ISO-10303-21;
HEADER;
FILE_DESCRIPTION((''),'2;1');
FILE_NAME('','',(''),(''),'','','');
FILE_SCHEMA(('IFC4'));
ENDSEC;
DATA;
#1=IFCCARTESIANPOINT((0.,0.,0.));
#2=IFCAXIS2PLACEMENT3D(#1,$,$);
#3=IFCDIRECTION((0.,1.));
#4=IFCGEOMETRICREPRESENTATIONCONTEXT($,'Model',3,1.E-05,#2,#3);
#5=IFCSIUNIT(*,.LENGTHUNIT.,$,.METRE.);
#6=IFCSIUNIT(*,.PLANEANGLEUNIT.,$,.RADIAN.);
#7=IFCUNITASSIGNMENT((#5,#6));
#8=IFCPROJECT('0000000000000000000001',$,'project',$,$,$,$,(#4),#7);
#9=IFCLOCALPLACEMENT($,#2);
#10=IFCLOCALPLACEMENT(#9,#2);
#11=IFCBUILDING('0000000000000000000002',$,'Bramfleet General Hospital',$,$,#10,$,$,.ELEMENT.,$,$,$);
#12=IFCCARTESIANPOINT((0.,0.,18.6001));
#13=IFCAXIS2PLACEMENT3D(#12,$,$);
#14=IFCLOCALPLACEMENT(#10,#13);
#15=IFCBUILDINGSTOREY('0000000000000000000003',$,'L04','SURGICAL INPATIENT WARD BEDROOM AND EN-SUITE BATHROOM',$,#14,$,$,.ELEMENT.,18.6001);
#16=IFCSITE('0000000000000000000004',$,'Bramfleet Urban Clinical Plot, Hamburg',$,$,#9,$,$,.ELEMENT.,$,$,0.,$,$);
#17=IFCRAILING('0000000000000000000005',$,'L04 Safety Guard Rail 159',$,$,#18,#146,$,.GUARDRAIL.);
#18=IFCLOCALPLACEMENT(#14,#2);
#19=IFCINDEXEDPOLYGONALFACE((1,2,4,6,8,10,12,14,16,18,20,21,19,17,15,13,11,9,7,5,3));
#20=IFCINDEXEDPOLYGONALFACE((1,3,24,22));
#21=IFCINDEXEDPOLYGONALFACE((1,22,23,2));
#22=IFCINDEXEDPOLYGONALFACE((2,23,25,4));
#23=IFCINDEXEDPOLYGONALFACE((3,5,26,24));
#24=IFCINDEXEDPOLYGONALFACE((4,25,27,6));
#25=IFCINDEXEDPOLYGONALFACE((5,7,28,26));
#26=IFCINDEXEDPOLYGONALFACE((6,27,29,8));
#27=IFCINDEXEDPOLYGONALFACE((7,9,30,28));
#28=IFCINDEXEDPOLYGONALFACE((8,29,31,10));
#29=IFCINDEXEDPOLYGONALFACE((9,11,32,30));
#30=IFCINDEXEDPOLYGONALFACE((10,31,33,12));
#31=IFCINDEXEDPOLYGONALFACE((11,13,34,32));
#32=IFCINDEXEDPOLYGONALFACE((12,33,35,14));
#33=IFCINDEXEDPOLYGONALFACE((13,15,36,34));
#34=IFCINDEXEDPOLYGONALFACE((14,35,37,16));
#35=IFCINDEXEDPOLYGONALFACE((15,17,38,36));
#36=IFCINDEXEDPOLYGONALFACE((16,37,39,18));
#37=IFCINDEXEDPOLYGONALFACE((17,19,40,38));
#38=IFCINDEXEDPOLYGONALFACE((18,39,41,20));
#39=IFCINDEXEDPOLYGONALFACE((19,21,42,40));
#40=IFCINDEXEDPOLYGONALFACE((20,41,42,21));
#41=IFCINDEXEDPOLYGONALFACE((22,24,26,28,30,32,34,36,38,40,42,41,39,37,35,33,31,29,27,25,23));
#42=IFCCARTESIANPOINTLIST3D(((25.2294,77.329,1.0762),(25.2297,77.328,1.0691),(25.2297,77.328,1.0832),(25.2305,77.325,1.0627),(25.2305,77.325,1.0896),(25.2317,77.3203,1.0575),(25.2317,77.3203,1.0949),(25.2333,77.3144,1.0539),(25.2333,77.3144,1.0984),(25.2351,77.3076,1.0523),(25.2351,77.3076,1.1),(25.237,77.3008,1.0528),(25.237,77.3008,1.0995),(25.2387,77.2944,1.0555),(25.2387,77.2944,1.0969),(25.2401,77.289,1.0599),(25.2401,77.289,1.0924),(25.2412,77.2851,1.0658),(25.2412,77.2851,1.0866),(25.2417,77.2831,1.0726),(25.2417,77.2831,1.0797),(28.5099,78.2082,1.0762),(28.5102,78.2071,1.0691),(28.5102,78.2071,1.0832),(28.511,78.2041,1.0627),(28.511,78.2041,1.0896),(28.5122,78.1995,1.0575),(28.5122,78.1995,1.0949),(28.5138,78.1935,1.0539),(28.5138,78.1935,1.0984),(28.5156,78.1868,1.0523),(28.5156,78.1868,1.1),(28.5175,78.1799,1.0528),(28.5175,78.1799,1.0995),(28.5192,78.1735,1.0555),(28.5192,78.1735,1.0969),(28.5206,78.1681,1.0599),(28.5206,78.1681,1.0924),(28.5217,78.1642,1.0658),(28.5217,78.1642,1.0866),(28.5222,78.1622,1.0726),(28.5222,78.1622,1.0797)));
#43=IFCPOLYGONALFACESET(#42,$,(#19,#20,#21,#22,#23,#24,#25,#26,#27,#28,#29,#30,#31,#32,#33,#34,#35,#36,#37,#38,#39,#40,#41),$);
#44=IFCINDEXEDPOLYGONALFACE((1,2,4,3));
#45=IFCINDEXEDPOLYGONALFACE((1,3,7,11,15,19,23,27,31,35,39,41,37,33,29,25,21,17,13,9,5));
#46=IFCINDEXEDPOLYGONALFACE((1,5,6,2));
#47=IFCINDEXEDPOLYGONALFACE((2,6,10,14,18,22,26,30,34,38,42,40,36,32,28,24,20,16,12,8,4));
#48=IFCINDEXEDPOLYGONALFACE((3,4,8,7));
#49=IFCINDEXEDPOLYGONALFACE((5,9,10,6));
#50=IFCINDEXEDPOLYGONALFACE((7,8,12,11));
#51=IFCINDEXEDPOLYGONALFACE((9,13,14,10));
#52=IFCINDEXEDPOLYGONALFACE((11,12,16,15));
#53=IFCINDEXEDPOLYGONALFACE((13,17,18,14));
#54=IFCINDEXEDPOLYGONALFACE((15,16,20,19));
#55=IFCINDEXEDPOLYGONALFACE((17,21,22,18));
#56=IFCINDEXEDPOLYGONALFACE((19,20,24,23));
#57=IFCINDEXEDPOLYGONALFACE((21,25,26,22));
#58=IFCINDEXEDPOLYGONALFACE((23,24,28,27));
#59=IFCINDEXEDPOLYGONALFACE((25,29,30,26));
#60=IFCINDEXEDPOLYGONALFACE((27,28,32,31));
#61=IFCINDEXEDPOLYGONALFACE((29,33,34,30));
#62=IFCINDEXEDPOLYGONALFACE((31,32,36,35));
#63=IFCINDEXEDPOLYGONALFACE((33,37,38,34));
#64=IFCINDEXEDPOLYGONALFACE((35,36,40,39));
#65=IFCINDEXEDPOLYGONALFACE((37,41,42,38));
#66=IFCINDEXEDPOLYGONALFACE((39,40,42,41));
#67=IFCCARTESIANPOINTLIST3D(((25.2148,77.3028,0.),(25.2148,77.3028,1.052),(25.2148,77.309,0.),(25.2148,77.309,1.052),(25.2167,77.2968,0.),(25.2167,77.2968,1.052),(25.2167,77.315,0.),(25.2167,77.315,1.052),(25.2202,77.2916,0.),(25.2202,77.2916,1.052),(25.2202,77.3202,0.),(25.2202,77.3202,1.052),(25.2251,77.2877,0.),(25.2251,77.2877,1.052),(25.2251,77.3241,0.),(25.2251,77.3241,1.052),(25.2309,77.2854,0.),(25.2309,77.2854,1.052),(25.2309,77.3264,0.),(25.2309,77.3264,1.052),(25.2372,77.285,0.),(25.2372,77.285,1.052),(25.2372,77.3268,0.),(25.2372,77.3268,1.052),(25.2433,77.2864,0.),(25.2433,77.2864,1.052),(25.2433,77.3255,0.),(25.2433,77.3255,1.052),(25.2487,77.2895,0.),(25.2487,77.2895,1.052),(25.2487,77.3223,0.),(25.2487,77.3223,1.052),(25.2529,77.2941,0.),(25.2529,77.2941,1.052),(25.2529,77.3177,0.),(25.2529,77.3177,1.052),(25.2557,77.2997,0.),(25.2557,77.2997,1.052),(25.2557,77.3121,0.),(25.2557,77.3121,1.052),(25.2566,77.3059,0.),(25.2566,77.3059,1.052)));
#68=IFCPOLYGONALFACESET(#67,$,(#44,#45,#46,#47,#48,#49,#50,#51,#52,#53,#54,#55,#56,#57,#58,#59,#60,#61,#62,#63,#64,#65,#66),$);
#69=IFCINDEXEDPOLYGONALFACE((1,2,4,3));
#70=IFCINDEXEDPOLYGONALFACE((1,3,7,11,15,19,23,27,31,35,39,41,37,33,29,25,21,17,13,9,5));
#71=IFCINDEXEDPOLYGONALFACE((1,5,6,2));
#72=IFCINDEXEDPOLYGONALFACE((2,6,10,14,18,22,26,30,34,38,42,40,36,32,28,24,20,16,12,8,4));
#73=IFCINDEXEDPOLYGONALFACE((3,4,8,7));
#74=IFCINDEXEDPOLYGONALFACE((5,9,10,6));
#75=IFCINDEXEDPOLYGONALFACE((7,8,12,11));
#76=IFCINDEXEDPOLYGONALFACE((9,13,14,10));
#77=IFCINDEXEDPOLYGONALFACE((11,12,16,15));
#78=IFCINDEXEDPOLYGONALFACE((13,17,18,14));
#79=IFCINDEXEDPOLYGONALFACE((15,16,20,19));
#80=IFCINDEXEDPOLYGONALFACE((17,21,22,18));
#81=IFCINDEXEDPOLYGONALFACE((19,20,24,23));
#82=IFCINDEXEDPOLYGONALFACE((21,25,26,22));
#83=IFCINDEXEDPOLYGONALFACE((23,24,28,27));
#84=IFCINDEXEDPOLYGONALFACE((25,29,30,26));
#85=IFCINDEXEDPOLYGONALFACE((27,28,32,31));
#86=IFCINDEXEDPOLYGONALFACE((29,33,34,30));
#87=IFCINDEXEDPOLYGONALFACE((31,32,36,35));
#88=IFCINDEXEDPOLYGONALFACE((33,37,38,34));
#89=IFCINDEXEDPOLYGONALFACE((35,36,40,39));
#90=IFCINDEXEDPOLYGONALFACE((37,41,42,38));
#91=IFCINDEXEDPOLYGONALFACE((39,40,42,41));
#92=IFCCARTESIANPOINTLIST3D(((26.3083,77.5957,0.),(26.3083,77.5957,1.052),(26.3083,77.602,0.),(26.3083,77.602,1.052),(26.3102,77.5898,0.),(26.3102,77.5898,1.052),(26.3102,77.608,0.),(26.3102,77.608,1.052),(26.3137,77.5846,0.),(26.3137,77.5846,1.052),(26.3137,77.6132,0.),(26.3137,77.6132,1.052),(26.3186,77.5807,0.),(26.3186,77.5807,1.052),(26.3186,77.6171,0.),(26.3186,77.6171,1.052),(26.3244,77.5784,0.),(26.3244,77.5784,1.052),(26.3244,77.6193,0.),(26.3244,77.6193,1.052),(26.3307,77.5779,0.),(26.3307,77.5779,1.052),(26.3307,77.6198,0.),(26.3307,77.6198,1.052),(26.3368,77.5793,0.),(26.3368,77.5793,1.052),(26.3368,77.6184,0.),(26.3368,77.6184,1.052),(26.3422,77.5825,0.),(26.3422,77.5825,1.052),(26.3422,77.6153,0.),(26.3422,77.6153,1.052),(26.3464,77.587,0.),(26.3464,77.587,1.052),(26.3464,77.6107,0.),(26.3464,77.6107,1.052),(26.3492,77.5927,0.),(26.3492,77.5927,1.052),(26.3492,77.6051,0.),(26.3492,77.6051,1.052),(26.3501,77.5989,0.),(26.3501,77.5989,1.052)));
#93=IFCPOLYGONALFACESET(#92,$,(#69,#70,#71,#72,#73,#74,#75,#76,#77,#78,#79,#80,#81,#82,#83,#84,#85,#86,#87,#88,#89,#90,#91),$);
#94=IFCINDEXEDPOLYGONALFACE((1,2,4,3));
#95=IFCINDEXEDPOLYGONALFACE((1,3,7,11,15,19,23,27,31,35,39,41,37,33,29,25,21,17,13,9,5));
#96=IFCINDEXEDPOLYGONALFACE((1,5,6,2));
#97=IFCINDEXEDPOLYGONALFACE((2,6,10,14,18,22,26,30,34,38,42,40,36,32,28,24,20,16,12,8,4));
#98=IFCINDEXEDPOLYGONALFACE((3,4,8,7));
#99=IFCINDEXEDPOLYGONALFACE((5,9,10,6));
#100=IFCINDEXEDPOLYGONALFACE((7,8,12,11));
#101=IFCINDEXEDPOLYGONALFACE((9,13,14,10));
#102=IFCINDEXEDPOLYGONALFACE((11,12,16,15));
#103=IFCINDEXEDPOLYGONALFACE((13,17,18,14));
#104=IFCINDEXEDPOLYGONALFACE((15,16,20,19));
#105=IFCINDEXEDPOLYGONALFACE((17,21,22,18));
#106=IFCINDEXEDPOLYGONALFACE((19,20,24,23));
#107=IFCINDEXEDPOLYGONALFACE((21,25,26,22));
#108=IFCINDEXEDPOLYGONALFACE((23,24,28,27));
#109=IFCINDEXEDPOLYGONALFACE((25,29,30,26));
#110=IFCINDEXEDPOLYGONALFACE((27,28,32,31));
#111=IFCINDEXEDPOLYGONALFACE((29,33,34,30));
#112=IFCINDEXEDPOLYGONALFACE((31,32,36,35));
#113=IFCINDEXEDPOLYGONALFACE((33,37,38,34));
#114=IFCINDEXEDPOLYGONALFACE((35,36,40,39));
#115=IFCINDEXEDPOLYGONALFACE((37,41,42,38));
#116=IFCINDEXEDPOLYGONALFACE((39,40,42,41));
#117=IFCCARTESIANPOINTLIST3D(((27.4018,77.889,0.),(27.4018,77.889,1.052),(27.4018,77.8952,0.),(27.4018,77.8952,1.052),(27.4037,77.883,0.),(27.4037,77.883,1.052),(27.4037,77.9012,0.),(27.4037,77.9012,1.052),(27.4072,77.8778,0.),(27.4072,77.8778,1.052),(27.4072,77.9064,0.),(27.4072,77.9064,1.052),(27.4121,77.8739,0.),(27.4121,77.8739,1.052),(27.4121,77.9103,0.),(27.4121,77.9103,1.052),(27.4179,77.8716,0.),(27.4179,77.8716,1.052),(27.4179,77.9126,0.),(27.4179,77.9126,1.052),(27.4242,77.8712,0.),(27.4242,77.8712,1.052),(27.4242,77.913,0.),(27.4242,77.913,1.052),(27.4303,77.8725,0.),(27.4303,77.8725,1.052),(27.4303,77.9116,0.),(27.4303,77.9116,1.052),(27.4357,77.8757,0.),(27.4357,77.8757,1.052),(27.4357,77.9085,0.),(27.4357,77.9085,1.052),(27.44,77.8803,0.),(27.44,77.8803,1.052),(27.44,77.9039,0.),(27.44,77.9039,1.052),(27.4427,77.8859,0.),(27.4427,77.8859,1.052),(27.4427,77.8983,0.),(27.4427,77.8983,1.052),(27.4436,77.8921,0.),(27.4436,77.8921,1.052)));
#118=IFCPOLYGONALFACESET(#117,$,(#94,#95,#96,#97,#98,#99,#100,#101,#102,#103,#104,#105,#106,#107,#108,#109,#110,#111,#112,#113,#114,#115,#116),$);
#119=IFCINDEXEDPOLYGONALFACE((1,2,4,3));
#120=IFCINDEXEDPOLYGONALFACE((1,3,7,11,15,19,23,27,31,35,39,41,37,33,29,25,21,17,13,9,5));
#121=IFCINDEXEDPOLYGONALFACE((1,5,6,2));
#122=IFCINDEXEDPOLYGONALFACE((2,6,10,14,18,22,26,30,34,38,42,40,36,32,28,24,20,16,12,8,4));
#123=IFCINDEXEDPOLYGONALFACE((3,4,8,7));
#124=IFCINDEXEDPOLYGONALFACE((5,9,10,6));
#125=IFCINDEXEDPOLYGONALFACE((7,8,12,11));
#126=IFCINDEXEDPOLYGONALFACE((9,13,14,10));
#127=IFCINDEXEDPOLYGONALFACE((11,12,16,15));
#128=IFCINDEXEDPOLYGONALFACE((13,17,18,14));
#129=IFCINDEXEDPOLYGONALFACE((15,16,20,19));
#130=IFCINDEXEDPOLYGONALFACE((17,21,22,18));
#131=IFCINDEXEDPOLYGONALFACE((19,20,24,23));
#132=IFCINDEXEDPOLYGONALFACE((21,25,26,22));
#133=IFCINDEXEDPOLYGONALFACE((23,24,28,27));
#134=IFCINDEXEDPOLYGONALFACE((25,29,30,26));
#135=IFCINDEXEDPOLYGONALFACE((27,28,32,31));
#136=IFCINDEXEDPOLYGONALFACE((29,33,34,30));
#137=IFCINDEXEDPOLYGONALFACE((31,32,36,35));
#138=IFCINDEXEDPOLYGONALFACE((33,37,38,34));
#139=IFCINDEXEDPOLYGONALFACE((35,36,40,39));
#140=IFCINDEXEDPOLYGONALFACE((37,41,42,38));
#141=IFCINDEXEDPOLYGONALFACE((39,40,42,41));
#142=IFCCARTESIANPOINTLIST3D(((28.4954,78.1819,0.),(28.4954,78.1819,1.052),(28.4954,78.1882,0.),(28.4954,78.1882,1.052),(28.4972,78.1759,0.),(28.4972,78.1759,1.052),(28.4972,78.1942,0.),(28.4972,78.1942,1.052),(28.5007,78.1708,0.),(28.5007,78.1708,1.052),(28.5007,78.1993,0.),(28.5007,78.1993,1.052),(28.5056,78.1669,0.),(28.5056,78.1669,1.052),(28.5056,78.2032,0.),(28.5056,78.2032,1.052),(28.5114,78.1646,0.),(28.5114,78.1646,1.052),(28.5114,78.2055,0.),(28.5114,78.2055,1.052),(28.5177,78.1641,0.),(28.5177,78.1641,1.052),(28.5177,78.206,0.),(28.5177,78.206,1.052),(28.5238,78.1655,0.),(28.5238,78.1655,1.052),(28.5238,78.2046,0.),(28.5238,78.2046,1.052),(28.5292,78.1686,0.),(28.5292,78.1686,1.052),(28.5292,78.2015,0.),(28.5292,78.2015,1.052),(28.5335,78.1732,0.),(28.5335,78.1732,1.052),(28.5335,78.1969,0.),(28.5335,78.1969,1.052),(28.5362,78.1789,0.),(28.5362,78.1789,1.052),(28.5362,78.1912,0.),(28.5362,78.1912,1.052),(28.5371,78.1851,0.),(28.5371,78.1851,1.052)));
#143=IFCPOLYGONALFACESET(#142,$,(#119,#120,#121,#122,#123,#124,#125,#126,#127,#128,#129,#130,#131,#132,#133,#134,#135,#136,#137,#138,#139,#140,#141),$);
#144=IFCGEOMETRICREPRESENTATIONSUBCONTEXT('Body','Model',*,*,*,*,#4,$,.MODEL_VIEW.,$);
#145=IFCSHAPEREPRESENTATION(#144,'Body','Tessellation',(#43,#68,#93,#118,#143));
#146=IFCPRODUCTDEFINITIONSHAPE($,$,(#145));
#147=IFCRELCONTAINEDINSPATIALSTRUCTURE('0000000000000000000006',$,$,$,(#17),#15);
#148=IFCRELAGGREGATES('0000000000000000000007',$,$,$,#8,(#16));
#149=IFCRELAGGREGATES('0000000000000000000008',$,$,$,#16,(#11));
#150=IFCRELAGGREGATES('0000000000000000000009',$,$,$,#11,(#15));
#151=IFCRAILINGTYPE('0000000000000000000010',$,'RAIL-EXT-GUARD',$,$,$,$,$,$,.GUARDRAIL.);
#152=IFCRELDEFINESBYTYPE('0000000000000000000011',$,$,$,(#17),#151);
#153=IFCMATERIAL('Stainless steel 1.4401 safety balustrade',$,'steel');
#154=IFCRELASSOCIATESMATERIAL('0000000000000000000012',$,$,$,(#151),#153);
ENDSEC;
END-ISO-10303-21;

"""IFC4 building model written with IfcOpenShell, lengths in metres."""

from ifc_helpers import new_model, si_unit, direction, frame, origin, origin_2d, place, context, subcontext, project, spatial, circle, extrude, material, type_object, element, save


model = new_model("IFC4")

# Units and contexts
model_context = context("Model", 3, precision=1e-05, world=origin(), true_north=direction((0.0, 1.0)))
body_context = subcontext(model_context, "Body", "Model", "MODEL_VIEW")
ifc_project = project(units=[si_unit("LENGTHUNIT", "METRE"), si_unit("PLANEANGLEUNIT", "RADIAN")], contexts=[model_context])

# Site, building, storey
site_placement = place(None, origin())
site = spatial("IfcSite", under=ifc_project, at=site_placement, Name="Bramfleet Urban Clinical Plot, Hamburg", CompositionType="ELEMENT", RefElevation=0.0)
building_placement = place(site_placement, origin())
building = spatial("IfcBuilding", under=site, at=building_placement, Name="Bramfleet General Hospital", CompositionType="ELEMENT")
storey_placement = place(building_placement, frame((0.0, 0.0, 18.6001)))
storey = spatial("IfcBuildingStorey", under=building, at=storey_placement, Name="L04", Description="SURGICAL INPATIENT WARD BEDROOM AND EN-SUITE BATHROOM", CompositionType="ELEMENT", Elevation=18.6001)

# Railing
ifc_material_1 = material(Name="Stainless steel 1.4401 safety balustrade", Category="steel")
railing_type = type_object("IfcRailingType", Name="RAIL-EXT-GUARD", PredefinedType="GUARDRAIL", material=ifc_material_1)
railing_1_placement = place(storey_placement, frame((25.2356, 77.3059, 0.0)))
element("IfcRailing", 1, at=railing_1_placement, inside=storey, type_object=railing_type, Name="L04 Safety Guard Rail 159", PredefinedType="GUARDRAIL", context=body_context, shape_type="SweptSolid", body=[
    extrude(circle(Radius=0.0239, at=origin_2d()), frame((0.0, 0.0, 1.0762), z_axis=(0.965916, 0.258857, 0.0), x_axis=(-0.258857, 0.965916, 0.0)), (0.0, 0.0, 1.0), 3.3962),
    extrude(circle(Radius=0.021, at=origin_2d()), origin(), (0.0, 0.0, 1.0), 1.052),
    extrude(circle(Radius=0.021, at=origin_2d()), frame((1.0935, 0.293, 0.0)), (0.0, 0.0, 1.0), 1.052),
    extrude(circle(Radius=0.021, at=origin_2d()), frame((2.187, 0.5862, 0.0)), (0.0, 0.0, 1.0), 1.052),
    extrude(circle(Radius=0.021, at=origin_2d()), frame((3.2805, 0.8792, 0.0)), (0.0, 0.0, 1.0), 1.052),
])

save(model, "model.ifc")
